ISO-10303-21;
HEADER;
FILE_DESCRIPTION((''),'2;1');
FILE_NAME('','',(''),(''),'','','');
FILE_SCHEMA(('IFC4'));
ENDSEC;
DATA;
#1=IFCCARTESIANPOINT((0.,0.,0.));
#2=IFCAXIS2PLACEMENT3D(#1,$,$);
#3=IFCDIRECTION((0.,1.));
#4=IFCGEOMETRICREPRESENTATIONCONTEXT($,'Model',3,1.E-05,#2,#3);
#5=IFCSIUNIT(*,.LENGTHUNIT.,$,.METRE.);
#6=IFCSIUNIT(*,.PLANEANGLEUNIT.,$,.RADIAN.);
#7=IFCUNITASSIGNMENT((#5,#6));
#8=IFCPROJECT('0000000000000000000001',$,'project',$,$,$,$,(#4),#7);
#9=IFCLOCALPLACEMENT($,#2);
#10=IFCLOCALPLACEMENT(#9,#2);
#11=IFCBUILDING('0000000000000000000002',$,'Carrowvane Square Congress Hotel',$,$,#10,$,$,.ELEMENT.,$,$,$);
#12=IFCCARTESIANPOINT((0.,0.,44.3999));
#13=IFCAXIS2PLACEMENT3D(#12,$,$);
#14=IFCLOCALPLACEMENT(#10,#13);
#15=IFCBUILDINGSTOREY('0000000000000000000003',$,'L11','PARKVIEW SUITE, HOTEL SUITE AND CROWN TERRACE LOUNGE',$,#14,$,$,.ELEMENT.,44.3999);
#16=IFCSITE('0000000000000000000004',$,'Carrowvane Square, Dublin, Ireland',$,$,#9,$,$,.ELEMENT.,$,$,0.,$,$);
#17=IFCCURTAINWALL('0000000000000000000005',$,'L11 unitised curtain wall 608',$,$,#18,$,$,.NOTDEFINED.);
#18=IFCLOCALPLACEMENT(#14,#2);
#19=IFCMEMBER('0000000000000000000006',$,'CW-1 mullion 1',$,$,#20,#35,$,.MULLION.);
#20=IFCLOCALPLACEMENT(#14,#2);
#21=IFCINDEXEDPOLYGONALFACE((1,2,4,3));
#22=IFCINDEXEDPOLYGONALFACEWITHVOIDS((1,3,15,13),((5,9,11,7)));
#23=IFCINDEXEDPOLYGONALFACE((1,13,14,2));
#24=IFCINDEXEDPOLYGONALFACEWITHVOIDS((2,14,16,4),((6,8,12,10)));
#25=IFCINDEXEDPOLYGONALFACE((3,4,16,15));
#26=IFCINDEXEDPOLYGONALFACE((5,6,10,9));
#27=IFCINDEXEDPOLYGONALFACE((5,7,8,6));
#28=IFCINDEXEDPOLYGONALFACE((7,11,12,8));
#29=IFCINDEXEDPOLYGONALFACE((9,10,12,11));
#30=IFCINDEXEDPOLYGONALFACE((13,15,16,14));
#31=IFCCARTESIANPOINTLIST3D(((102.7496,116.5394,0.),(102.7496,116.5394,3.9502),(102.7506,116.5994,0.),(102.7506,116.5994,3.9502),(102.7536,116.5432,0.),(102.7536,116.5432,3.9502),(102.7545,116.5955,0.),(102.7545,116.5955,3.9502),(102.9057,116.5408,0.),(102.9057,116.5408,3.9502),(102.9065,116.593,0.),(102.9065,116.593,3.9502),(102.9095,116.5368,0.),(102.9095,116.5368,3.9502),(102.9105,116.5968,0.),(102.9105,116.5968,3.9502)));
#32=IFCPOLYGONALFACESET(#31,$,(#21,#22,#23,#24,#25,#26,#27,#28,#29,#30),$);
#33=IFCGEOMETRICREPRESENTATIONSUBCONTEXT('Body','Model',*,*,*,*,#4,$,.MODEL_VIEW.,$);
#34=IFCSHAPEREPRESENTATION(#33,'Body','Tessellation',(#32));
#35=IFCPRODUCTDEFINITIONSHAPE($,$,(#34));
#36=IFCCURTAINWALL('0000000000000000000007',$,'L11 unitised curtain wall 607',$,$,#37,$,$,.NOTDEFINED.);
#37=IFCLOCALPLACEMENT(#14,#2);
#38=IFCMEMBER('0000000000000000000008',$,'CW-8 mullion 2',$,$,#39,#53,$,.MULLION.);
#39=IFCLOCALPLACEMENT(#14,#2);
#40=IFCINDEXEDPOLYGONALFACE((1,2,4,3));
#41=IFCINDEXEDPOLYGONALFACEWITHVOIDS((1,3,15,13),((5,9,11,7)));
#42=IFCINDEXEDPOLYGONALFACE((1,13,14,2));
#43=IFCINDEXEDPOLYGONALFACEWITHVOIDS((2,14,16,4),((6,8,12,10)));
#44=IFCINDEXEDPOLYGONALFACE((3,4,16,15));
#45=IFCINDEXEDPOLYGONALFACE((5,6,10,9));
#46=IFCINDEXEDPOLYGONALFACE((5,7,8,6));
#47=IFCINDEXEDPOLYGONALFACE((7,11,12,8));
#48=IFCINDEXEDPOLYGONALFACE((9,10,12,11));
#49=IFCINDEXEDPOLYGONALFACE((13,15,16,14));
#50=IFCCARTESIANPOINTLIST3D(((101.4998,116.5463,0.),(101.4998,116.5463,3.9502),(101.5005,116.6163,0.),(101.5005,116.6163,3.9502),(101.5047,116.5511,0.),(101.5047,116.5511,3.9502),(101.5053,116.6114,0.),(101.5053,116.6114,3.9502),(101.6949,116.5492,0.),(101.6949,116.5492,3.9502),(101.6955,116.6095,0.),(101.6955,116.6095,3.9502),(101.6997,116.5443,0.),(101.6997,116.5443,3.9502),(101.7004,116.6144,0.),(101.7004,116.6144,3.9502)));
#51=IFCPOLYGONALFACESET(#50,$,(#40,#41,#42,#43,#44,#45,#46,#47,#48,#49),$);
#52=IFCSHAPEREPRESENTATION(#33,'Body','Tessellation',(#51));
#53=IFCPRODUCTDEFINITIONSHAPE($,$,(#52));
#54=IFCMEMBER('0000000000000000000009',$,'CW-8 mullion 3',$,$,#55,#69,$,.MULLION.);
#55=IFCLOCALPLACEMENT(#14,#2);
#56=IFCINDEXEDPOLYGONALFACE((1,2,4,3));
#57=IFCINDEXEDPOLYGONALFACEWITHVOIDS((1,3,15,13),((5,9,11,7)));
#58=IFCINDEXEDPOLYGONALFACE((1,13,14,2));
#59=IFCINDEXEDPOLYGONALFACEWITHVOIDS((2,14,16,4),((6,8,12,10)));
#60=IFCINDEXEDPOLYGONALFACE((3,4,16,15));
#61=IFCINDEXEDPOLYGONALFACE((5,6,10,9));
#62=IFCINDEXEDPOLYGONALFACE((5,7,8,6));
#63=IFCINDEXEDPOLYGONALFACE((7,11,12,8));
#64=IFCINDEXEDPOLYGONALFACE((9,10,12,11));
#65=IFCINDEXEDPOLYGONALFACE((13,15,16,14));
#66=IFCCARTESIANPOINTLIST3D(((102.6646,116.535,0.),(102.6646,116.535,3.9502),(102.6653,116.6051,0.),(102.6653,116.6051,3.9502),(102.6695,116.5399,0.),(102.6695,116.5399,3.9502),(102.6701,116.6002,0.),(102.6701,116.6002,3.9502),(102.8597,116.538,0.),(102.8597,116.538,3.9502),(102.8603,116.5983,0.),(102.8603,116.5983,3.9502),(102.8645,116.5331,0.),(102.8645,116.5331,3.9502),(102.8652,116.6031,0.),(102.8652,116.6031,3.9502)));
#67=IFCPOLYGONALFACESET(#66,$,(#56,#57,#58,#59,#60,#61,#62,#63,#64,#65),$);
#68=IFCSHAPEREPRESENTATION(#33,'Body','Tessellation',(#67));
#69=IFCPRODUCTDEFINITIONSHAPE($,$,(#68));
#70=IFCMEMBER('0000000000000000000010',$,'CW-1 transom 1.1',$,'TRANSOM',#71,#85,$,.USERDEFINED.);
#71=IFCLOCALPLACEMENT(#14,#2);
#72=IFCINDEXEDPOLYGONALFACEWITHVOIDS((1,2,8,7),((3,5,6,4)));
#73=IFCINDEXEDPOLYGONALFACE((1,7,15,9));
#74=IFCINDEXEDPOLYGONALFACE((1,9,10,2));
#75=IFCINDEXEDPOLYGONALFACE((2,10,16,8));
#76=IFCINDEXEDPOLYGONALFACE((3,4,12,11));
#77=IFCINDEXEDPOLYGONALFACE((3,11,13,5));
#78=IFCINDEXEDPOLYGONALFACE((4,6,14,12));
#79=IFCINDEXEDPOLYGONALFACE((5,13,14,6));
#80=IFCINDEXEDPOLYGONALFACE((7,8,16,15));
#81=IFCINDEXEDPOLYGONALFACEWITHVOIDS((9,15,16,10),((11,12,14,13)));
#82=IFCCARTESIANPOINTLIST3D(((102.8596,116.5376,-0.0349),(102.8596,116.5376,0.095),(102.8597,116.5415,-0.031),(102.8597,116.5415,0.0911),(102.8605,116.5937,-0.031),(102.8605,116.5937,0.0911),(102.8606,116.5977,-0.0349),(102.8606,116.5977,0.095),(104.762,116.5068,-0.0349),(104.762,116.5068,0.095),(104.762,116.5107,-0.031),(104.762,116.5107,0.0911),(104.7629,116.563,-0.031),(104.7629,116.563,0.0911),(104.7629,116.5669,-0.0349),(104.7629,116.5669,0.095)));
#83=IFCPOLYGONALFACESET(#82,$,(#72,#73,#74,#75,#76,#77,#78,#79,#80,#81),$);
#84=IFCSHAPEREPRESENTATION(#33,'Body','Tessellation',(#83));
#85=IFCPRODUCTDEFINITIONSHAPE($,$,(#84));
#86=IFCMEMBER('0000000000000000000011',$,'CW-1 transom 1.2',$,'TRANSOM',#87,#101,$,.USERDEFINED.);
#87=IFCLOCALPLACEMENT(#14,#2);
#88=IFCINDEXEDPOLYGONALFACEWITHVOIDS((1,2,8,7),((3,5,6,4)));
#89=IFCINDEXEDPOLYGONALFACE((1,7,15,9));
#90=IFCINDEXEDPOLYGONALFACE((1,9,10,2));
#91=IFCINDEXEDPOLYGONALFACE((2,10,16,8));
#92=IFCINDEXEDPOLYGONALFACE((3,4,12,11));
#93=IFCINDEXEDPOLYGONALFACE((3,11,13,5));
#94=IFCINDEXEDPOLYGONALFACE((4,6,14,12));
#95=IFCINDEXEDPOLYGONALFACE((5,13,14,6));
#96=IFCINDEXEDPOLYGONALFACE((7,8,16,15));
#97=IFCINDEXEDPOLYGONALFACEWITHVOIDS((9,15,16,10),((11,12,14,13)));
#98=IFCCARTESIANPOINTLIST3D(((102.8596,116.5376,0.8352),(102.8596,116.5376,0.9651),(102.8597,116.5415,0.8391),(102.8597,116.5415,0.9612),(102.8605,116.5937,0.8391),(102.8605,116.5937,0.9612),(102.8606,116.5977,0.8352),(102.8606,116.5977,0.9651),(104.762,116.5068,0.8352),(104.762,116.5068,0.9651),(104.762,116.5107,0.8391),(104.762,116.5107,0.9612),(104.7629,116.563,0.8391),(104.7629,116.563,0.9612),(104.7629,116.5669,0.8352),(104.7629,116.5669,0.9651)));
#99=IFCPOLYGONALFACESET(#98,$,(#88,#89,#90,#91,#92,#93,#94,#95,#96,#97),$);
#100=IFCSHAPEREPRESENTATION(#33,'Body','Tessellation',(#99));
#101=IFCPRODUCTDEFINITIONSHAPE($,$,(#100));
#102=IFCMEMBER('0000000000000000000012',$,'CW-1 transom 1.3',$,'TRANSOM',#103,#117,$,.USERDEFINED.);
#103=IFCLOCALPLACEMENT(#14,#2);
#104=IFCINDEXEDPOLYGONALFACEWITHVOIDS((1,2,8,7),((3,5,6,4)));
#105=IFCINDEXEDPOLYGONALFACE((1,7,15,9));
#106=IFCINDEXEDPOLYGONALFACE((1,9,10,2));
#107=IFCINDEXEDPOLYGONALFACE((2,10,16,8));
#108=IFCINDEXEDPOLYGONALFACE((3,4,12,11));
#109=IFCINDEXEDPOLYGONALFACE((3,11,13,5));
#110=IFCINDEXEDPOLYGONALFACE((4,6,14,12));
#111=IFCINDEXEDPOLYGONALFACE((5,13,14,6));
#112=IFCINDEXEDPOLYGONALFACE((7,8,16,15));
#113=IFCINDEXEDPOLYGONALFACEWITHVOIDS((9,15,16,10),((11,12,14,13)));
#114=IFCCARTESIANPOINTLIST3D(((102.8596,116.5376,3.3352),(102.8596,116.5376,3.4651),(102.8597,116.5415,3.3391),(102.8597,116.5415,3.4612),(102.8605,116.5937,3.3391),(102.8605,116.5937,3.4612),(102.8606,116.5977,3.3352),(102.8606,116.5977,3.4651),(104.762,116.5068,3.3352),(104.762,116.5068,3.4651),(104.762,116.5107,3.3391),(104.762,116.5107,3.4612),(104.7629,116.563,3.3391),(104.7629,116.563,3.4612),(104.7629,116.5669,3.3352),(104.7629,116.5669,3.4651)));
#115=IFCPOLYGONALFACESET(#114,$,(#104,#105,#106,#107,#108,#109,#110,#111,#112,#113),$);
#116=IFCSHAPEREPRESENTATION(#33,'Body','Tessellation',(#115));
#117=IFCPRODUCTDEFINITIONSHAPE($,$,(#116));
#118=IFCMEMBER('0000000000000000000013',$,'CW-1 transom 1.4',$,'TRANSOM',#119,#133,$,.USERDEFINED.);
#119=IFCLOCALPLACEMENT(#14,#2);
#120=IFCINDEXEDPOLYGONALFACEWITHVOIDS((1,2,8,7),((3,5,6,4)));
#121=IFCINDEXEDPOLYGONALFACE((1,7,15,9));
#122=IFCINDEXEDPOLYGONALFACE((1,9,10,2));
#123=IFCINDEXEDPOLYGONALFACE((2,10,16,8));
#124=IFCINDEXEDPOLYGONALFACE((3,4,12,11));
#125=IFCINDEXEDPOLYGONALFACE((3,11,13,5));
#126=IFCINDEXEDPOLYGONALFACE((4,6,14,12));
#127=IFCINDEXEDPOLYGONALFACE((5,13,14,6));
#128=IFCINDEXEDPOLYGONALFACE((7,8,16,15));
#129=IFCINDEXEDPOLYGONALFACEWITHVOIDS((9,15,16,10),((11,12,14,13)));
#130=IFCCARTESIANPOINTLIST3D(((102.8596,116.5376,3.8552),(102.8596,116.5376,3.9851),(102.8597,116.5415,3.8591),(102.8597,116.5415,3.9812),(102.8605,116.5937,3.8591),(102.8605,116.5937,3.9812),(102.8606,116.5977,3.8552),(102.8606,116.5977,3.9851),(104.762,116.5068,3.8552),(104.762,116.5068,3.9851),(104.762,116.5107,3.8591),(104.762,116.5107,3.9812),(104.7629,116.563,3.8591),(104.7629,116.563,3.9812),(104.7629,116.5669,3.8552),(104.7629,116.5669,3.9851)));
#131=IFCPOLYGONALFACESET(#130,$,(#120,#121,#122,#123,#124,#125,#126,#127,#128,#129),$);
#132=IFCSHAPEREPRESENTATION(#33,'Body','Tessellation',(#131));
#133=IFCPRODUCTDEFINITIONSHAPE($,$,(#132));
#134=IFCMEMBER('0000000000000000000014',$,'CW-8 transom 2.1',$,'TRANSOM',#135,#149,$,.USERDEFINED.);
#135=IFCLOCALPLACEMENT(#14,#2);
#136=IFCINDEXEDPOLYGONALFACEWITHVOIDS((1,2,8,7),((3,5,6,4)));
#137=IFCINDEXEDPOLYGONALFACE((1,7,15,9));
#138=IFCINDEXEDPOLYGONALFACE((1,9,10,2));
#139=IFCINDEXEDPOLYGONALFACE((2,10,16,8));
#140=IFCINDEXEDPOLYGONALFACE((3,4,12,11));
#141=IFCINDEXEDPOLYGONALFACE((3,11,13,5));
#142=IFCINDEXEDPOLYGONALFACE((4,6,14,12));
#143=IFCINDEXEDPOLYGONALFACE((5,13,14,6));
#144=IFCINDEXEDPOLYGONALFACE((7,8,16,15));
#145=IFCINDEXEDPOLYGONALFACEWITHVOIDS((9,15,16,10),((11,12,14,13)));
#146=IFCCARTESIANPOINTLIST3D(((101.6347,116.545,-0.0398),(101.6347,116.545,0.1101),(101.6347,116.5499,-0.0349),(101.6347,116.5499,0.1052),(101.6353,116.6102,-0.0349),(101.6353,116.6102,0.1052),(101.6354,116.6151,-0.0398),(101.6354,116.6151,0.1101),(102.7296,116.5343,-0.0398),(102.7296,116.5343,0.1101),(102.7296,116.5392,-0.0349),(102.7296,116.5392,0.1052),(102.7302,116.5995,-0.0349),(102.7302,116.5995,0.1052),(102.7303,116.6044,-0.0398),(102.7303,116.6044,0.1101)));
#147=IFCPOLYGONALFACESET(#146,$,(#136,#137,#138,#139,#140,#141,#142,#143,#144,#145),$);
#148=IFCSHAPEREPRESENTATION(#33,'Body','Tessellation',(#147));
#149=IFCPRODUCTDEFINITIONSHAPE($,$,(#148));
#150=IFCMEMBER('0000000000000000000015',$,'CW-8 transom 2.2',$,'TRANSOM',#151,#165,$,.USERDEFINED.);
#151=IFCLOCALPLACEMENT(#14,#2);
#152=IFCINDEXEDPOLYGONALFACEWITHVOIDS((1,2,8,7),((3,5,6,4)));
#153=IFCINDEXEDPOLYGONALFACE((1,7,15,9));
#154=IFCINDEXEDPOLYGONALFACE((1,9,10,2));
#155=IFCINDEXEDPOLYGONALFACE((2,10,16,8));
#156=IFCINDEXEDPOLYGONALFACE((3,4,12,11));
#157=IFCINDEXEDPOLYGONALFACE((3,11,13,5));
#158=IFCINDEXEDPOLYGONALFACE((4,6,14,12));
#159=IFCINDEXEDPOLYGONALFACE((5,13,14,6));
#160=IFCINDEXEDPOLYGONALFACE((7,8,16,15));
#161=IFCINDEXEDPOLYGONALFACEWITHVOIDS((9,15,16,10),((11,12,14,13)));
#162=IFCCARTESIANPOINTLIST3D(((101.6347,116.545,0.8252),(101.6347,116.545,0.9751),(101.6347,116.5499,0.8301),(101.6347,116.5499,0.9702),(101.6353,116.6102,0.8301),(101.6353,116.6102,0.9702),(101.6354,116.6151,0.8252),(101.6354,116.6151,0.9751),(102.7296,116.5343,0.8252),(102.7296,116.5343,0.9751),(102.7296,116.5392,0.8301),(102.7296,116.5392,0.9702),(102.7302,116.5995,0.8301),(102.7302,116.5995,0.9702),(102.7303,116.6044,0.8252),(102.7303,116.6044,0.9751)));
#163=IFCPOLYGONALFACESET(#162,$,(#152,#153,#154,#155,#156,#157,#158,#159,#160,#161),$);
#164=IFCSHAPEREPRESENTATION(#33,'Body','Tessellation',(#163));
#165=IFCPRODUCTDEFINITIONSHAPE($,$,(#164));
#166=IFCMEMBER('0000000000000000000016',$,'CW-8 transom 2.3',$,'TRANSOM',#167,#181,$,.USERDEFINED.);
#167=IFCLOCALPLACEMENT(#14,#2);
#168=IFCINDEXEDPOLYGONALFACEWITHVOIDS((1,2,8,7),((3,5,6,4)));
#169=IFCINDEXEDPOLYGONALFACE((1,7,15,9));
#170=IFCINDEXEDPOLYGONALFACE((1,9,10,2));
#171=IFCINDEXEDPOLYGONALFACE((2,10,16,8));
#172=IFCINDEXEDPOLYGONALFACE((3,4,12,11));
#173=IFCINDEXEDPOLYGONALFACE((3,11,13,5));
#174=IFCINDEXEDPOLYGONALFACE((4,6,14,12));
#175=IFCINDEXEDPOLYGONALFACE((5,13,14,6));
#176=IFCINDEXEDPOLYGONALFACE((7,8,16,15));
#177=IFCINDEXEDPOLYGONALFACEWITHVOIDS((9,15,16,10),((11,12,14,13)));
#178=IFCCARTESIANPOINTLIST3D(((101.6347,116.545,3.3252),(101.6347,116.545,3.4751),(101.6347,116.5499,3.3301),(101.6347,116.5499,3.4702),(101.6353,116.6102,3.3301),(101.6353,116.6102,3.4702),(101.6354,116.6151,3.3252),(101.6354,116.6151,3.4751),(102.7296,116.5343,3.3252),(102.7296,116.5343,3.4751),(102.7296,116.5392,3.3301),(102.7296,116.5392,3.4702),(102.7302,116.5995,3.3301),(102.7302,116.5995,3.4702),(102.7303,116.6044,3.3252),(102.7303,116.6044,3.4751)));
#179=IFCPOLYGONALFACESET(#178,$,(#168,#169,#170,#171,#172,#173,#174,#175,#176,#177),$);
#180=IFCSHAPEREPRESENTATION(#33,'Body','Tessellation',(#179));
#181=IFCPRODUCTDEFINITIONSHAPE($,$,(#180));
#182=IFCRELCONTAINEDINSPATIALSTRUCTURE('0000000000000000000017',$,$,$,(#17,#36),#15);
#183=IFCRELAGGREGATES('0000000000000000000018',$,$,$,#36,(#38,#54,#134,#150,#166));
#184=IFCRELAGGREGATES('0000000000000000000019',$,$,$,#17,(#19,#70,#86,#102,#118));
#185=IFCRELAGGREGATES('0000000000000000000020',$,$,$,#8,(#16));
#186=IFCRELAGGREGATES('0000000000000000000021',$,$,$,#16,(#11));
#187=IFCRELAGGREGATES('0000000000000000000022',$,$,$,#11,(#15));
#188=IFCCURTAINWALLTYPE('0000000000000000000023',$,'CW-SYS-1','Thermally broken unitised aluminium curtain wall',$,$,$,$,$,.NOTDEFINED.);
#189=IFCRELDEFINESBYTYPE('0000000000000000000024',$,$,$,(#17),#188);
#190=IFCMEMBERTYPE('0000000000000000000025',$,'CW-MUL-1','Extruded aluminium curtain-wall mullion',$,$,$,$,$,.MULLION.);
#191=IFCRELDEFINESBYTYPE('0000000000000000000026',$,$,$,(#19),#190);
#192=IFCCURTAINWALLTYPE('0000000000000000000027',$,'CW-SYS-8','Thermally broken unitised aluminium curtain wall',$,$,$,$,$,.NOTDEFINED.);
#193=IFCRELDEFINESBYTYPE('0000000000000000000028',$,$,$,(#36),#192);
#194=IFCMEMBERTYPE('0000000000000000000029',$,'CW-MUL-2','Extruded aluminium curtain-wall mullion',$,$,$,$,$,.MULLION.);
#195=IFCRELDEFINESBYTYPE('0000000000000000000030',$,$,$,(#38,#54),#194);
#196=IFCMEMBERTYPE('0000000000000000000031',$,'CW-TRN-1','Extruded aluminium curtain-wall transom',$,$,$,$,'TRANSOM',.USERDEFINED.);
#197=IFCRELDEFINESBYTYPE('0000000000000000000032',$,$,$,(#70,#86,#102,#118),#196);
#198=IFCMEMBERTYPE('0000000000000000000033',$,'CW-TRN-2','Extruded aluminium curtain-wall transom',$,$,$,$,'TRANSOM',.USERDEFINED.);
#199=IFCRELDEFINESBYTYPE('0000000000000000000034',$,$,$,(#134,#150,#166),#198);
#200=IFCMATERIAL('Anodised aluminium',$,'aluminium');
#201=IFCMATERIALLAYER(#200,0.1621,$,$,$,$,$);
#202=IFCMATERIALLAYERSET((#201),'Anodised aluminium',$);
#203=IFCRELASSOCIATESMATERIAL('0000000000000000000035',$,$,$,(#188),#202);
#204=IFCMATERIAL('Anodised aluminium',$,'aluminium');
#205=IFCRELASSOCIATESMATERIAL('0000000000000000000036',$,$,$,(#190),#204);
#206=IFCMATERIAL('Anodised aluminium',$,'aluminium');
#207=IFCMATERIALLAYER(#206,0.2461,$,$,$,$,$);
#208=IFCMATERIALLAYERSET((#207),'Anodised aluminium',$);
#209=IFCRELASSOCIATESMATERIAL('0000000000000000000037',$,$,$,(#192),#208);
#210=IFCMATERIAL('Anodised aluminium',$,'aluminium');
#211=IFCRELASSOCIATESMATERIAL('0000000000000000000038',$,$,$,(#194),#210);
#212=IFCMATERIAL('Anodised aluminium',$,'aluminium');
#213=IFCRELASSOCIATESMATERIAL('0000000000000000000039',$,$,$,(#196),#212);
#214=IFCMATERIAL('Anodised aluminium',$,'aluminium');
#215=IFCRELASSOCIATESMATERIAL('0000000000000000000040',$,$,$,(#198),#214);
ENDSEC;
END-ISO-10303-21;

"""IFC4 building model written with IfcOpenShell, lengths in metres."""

from ifc_helpers import new_model, si_unit, direction, frame, origin, origin_2d, place, context, subcontext, project, spatial, hollow_rectangle, extrude, material, layer, layer_set, material_profile, profile_set, type_object, element, aggregate, save


model = new_model("IFC4")

# Units and contexts
model_context = context("Model", 3, precision=1e-05, world=origin(), true_north=direction((0.0, 1.0)))
body_context = subcontext(model_context, "Body", "Model", "MODEL_VIEW")
ifc_project = project(units=[si_unit("LENGTHUNIT", "METRE"), si_unit("PLANEANGLEUNIT", "RADIAN")], contexts=[model_context])

# Site, building, storey
site_placement = place(None, origin())
site = spatial("IfcSite", under=ifc_project, at=site_placement, Name="Carrowvane Square, Dublin, Ireland", CompositionType="ELEMENT", RefElevation=0.0)
building_placement = place(site_placement, origin())
building = spatial("IfcBuilding", under=site, at=building_placement, Name="Carrowvane Square Congress Hotel", CompositionType="ELEMENT")
storey_placement = place(building_placement, frame((0.0, 0.0, 44.3999)))
storey = spatial("IfcBuildingStorey", under=building, at=storey_placement, Name="L11", Description="PARKVIEW SUITE, HOTEL SUITE AND CROWN TERRACE LOUNGE", CompositionType="ELEMENT", Elevation=44.3999)

# Curtain wall, member
ifc_material_1 = material(Name="Anodised aluminium", Category="aluminium")
ifc_layer_1 = layer(ifc_material_1, 0.1621)
ifc_layer_set_1 = layer_set([ifc_layer_1], Name="Anodised aluminium")
curtain_wall_type_1 = type_object("IfcCurtainWallType", Name="CW-SYS-1", Description="Thermally broken unitised aluminium curtain wall", PredefinedType="NOTDEFINED", material=ifc_layer_set_1)
curtain_wall_1_placement = place(storey_placement, origin())
curtain_wall_1 = element("IfcCurtainWall", 1, at=curtain_wall_1_placement, inside=storey, type_object=curtain_wall_type_1, Name="L11 unitised curtain wall 608", PredefinedType="NOTDEFINED")
ifc_material_2 = material(Name="Anodised aluminium", Category="aluminium")
ifc_material_profile_1 = material_profile(ifc_material_2, hollow_rectangle(XDim=0.0601, YDim=0.1599, WallThickness=0.0039, at=origin_2d()), Name="CW-ML 60x160x4")
ifc_profile_set_1 = profile_set([ifc_material_profile_1], Name="Anodised aluminium")
member_type_1 = type_object("IfcMemberType", Name="CW-MUL-1", Description="Extruded aluminium curtain-wall mullion", PredefinedType="MULLION", material=ifc_profile_set_1)
member_1_placement = place(storey_placement, frame((102.8301, 116.5681, 0.0), z_axis=(0.0, 0.0, 1.0), x_axis=(0.016216, 0.999869, 0.0)))
member_1 = element("IfcMember", 2, at=member_1_placement, type_object=member_type_1, Name="CW-1 mullion 1", PredefinedType="MULLION", context=body_context, shape_type="SweptSolid", body=[
    extrude(hollow_rectangle(XDim=0.0601, YDim=0.1599, WallThickness=0.0039, at=origin_2d()), origin(), (0.0, 0.0, 1.0), 3.9502),
])

# Curtain wall, members
ifc_material_3 = material(Name="Anodised aluminium", Category="aluminium")
ifc_layer_2 = layer(ifc_material_3, 0.2461)
ifc_layer_set_2 = layer_set([ifc_layer_2], Name="Anodised aluminium")
curtain_wall_type_2 = type_object("IfcCurtainWallType", Name="CW-SYS-8", Description="Thermally broken unitised aluminium curtain wall", PredefinedType="NOTDEFINED", material=ifc_layer_set_2)
curtain_wall_2_placement = place(storey_placement, origin())
curtain_wall_2 = element("IfcCurtainWall", 3, at=curtain_wall_2_placement, inside=storey, type_object=curtain_wall_type_2, Name="L11 unitised curtain wall 607", PredefinedType="NOTDEFINED")
ifc_material_4 = material(Name="Anodised aluminium", Category="aluminium")
ifc_material_profile_2 = material_profile(ifc_material_4, hollow_rectangle(XDim=0.0701, YDim=0.2, WallThickness=0.0049, at=origin_2d()), Name="CW-ML 70x200x5")
ifc_profile_set_2 = profile_set([ifc_material_profile_2], Name="Anodised aluminium")
member_type_2 = type_object("IfcMemberType", Name="CW-MUL-2", Description="Extruded aluminium curtain-wall mullion", PredefinedType="MULLION", material=ifc_profile_set_2)
member_2_placement = place(storey_placement, frame((101.6001, 116.5803, 0.0), z_axis=(0.0, 0.0, 1.0), x_axis=(0.009783, 0.999952, 0.0)))
member_2 = element("IfcMember", 4, at=member_2_placement, type_object=member_type_2, Name="CW-8 mullion 2", PredefinedType="MULLION", context=body_context, shape_type="SweptSolid", body=[
    extrude(hollow_rectangle(XDim=0.0701, YDim=0.2, WallThickness=0.0049, at=origin_2d()), origin(), (0.0, 0.0, 1.0), 3.9502),
])
member_3_placement = place(storey_placement, frame((102.7649, 116.5691, 0.0), z_axis=(0.0, 0.0, 1.0), x_axis=(0.009783, 0.999952, 0.0)))
member_3 = element("IfcMember", 5, at=member_3_placement, type_object=member_type_2, Name="CW-8 mullion 3", PredefinedType="MULLION", context=body_context, shape_type="SweptSolid", body=[
    extrude(hollow_rectangle(XDim=0.0701, YDim=0.2, WallThickness=0.0049, at=origin_2d()), origin(), (0.0, 0.0, 1.0), 3.9502),
])

# Members
ifc_material_5 = material(Name="Anodised aluminium", Category="aluminium")
ifc_material_profile_3 = material_profile(ifc_material_5, hollow_rectangle(XDim=0.0601, YDim=0.1299, WallThickness=0.0039, at=origin_2d()), Name="CW-TR 60x130x4")
ifc_profile_set_3 = profile_set([ifc_material_profile_3], Name="Anodised aluminium")
member_type_3 = type_object("IfcMemberType", Name="CW-TRN-1", Description="Extruded aluminium curtain-wall transom", ElementType="TRANSOM", PredefinedType="USERDEFINED", material=ifc_profile_set_3)
member_4_placement = place(storey_placement, frame((102.8601, 116.5676, 0.03), z_axis=(0.999869, -0.016168, 0.0), x_axis=(0.016168, 0.999869, 0.0)))
member_4 = element("IfcMember", 6, at=member_4_placement, type_object=member_type_3, Name="CW-1 transom 1.1", ObjectType="TRANSOM", PredefinedType="USERDEFINED", context=body_context, shape_type="SweptSolid", body=[
    extrude(hollow_rectangle(XDim=0.0601, YDim=0.1299, WallThickness=0.0039, at=origin_2d()), origin(), (0.0, 0.0, 1.0), 1.9026),
])
member_5_placement = place(storey_placement, frame((102.8601, 116.5676, 0.9001), z_axis=(0.999869, -0.016168, 0.0), x_axis=(0.016168, 0.999869, 0.0)))
member_5 = element("IfcMember", 7, at=member_5_placement, type_object=member_type_3, Name="CW-1 transom 1.2", ObjectType="TRANSOM", PredefinedType="USERDEFINED", context=body_context, shape_type="SweptSolid", body=[
    extrude(hollow_rectangle(XDim=0.0601, YDim=0.1299, WallThickness=0.0039, at=origin_2d()), origin(), (0.0, 0.0, 1.0), 1.9026),
])
member_6_placement = place(storey_placement, frame((102.8601, 116.5676, 3.4001), z_axis=(0.999869, -0.016168, 0.0), x_axis=(0.016168, 0.999869, 0.0)))
member_6 = element("IfcMember", 8, at=member_6_placement, type_object=member_type_3, Name="CW-1 transom 1.3", ObjectType="TRANSOM", PredefinedType="USERDEFINED", context=body_context, shape_type="SweptSolid", body=[
    extrude(hollow_rectangle(XDim=0.0601, YDim=0.1299, WallThickness=0.0039, at=origin_2d()), origin(), (0.0, 0.0, 1.0), 1.9026),
])
member_7_placement = place(storey_placement, frame((102.8601, 116.5676, 3.9202), z_axis=(0.999869, -0.016168, 0.0), x_axis=(0.016168, 0.999869, 0.0)))
member_7 = element("IfcMember", 9, at=member_7_placement, type_object=member_type_3, Name="CW-1 transom 1.4", ObjectType="TRANSOM", PredefinedType="USERDEFINED", context=body_context, shape_type="SweptSolid", body=[
    extrude(hollow_rectangle(XDim=0.0601, YDim=0.1299, WallThickness=0.0039, at=origin_2d()), origin(), (0.0, 0.0, 1.0), 1.9026),
])
ifc_material_6 = material(Name="Anodised aluminium", Category="aluminium")
ifc_material_profile_4 = material_profile(ifc_material_6, hollow_rectangle(XDim=0.0701, YDim=0.1499, WallThickness=0.0049, at=origin_2d()), Name="CW-TR 70x150x5")
ifc_profile_set_4 = profile_set([ifc_material_profile_4], Name="Anodised aluminium")
member_type_4 = type_object("IfcMemberType", Name="CW-TRN-2", Description="Extruded aluminium curtain-wall transom", ElementType="TRANSOM", PredefinedType="USERDEFINED", material=ifc_profile_set_4)
member_8_placement = place(storey_placement, frame((101.635, 116.5801, 0.0352), z_axis=(0.999952, -0.00981, 0.0), x_axis=(0.00981, 0.999952, 0.0)))
member_8 = element("IfcMember", 10, at=member_8_placement, type_object=member_type_4, Name="CW-8 transom 2.1", ObjectType="TRANSOM", PredefinedType="USERDEFINED", context=body_context, shape_type="SweptSolid", body=[
    extrude(hollow_rectangle(XDim=0.0701, YDim=0.1499, WallThickness=0.0049, at=origin_2d()), origin(), (0.0, 0.0, 1.0), 1.095),
])
member_9_placement = place(storey_placement, frame((101.635, 116.5801, 0.9001), z_axis=(0.999952, -0.00981, 0.0), x_axis=(0.00981, 0.999952, 0.0)))
member_9 = element("IfcMember", 11, at=member_9_placement, type_object=member_type_4, Name="CW-8 transom 2.2", ObjectType="TRANSOM", PredefinedType="USERDEFINED", context=body_context, shape_type="SweptSolid", body=[
    extrude(hollow_rectangle(XDim=0.0701, YDim=0.1499, WallThickness=0.0049, at=origin_2d()), origin(), (0.0, 0.0, 1.0), 1.095),
])
member_10_placement = place(storey_placement, frame((101.635, 116.5801, 3.4001), z_axis=(0.999952, -0.00981, 0.0), x_axis=(0.00981, 0.999952, 0.0)))
member_10 = element("IfcMember", 12, at=member_10_placement, type_object=member_type_4, Name="CW-8 transom 2.3", ObjectType="TRANSOM", PredefinedType="USERDEFINED", context=body_context, shape_type="SweptSolid", body=[
    extrude(hollow_rectangle(XDim=0.0701, YDim=0.1499, WallThickness=0.0049, at=origin_2d()), origin(), (0.0, 0.0, 1.0), 1.095),
])

aggregate(curtain_wall_2, [member_2, member_3, member_8, member_9, member_10])
aggregate(curtain_wall_1, [member_1, member_4, member_5, member_6, member_7])

save(model, "model.ifc")
